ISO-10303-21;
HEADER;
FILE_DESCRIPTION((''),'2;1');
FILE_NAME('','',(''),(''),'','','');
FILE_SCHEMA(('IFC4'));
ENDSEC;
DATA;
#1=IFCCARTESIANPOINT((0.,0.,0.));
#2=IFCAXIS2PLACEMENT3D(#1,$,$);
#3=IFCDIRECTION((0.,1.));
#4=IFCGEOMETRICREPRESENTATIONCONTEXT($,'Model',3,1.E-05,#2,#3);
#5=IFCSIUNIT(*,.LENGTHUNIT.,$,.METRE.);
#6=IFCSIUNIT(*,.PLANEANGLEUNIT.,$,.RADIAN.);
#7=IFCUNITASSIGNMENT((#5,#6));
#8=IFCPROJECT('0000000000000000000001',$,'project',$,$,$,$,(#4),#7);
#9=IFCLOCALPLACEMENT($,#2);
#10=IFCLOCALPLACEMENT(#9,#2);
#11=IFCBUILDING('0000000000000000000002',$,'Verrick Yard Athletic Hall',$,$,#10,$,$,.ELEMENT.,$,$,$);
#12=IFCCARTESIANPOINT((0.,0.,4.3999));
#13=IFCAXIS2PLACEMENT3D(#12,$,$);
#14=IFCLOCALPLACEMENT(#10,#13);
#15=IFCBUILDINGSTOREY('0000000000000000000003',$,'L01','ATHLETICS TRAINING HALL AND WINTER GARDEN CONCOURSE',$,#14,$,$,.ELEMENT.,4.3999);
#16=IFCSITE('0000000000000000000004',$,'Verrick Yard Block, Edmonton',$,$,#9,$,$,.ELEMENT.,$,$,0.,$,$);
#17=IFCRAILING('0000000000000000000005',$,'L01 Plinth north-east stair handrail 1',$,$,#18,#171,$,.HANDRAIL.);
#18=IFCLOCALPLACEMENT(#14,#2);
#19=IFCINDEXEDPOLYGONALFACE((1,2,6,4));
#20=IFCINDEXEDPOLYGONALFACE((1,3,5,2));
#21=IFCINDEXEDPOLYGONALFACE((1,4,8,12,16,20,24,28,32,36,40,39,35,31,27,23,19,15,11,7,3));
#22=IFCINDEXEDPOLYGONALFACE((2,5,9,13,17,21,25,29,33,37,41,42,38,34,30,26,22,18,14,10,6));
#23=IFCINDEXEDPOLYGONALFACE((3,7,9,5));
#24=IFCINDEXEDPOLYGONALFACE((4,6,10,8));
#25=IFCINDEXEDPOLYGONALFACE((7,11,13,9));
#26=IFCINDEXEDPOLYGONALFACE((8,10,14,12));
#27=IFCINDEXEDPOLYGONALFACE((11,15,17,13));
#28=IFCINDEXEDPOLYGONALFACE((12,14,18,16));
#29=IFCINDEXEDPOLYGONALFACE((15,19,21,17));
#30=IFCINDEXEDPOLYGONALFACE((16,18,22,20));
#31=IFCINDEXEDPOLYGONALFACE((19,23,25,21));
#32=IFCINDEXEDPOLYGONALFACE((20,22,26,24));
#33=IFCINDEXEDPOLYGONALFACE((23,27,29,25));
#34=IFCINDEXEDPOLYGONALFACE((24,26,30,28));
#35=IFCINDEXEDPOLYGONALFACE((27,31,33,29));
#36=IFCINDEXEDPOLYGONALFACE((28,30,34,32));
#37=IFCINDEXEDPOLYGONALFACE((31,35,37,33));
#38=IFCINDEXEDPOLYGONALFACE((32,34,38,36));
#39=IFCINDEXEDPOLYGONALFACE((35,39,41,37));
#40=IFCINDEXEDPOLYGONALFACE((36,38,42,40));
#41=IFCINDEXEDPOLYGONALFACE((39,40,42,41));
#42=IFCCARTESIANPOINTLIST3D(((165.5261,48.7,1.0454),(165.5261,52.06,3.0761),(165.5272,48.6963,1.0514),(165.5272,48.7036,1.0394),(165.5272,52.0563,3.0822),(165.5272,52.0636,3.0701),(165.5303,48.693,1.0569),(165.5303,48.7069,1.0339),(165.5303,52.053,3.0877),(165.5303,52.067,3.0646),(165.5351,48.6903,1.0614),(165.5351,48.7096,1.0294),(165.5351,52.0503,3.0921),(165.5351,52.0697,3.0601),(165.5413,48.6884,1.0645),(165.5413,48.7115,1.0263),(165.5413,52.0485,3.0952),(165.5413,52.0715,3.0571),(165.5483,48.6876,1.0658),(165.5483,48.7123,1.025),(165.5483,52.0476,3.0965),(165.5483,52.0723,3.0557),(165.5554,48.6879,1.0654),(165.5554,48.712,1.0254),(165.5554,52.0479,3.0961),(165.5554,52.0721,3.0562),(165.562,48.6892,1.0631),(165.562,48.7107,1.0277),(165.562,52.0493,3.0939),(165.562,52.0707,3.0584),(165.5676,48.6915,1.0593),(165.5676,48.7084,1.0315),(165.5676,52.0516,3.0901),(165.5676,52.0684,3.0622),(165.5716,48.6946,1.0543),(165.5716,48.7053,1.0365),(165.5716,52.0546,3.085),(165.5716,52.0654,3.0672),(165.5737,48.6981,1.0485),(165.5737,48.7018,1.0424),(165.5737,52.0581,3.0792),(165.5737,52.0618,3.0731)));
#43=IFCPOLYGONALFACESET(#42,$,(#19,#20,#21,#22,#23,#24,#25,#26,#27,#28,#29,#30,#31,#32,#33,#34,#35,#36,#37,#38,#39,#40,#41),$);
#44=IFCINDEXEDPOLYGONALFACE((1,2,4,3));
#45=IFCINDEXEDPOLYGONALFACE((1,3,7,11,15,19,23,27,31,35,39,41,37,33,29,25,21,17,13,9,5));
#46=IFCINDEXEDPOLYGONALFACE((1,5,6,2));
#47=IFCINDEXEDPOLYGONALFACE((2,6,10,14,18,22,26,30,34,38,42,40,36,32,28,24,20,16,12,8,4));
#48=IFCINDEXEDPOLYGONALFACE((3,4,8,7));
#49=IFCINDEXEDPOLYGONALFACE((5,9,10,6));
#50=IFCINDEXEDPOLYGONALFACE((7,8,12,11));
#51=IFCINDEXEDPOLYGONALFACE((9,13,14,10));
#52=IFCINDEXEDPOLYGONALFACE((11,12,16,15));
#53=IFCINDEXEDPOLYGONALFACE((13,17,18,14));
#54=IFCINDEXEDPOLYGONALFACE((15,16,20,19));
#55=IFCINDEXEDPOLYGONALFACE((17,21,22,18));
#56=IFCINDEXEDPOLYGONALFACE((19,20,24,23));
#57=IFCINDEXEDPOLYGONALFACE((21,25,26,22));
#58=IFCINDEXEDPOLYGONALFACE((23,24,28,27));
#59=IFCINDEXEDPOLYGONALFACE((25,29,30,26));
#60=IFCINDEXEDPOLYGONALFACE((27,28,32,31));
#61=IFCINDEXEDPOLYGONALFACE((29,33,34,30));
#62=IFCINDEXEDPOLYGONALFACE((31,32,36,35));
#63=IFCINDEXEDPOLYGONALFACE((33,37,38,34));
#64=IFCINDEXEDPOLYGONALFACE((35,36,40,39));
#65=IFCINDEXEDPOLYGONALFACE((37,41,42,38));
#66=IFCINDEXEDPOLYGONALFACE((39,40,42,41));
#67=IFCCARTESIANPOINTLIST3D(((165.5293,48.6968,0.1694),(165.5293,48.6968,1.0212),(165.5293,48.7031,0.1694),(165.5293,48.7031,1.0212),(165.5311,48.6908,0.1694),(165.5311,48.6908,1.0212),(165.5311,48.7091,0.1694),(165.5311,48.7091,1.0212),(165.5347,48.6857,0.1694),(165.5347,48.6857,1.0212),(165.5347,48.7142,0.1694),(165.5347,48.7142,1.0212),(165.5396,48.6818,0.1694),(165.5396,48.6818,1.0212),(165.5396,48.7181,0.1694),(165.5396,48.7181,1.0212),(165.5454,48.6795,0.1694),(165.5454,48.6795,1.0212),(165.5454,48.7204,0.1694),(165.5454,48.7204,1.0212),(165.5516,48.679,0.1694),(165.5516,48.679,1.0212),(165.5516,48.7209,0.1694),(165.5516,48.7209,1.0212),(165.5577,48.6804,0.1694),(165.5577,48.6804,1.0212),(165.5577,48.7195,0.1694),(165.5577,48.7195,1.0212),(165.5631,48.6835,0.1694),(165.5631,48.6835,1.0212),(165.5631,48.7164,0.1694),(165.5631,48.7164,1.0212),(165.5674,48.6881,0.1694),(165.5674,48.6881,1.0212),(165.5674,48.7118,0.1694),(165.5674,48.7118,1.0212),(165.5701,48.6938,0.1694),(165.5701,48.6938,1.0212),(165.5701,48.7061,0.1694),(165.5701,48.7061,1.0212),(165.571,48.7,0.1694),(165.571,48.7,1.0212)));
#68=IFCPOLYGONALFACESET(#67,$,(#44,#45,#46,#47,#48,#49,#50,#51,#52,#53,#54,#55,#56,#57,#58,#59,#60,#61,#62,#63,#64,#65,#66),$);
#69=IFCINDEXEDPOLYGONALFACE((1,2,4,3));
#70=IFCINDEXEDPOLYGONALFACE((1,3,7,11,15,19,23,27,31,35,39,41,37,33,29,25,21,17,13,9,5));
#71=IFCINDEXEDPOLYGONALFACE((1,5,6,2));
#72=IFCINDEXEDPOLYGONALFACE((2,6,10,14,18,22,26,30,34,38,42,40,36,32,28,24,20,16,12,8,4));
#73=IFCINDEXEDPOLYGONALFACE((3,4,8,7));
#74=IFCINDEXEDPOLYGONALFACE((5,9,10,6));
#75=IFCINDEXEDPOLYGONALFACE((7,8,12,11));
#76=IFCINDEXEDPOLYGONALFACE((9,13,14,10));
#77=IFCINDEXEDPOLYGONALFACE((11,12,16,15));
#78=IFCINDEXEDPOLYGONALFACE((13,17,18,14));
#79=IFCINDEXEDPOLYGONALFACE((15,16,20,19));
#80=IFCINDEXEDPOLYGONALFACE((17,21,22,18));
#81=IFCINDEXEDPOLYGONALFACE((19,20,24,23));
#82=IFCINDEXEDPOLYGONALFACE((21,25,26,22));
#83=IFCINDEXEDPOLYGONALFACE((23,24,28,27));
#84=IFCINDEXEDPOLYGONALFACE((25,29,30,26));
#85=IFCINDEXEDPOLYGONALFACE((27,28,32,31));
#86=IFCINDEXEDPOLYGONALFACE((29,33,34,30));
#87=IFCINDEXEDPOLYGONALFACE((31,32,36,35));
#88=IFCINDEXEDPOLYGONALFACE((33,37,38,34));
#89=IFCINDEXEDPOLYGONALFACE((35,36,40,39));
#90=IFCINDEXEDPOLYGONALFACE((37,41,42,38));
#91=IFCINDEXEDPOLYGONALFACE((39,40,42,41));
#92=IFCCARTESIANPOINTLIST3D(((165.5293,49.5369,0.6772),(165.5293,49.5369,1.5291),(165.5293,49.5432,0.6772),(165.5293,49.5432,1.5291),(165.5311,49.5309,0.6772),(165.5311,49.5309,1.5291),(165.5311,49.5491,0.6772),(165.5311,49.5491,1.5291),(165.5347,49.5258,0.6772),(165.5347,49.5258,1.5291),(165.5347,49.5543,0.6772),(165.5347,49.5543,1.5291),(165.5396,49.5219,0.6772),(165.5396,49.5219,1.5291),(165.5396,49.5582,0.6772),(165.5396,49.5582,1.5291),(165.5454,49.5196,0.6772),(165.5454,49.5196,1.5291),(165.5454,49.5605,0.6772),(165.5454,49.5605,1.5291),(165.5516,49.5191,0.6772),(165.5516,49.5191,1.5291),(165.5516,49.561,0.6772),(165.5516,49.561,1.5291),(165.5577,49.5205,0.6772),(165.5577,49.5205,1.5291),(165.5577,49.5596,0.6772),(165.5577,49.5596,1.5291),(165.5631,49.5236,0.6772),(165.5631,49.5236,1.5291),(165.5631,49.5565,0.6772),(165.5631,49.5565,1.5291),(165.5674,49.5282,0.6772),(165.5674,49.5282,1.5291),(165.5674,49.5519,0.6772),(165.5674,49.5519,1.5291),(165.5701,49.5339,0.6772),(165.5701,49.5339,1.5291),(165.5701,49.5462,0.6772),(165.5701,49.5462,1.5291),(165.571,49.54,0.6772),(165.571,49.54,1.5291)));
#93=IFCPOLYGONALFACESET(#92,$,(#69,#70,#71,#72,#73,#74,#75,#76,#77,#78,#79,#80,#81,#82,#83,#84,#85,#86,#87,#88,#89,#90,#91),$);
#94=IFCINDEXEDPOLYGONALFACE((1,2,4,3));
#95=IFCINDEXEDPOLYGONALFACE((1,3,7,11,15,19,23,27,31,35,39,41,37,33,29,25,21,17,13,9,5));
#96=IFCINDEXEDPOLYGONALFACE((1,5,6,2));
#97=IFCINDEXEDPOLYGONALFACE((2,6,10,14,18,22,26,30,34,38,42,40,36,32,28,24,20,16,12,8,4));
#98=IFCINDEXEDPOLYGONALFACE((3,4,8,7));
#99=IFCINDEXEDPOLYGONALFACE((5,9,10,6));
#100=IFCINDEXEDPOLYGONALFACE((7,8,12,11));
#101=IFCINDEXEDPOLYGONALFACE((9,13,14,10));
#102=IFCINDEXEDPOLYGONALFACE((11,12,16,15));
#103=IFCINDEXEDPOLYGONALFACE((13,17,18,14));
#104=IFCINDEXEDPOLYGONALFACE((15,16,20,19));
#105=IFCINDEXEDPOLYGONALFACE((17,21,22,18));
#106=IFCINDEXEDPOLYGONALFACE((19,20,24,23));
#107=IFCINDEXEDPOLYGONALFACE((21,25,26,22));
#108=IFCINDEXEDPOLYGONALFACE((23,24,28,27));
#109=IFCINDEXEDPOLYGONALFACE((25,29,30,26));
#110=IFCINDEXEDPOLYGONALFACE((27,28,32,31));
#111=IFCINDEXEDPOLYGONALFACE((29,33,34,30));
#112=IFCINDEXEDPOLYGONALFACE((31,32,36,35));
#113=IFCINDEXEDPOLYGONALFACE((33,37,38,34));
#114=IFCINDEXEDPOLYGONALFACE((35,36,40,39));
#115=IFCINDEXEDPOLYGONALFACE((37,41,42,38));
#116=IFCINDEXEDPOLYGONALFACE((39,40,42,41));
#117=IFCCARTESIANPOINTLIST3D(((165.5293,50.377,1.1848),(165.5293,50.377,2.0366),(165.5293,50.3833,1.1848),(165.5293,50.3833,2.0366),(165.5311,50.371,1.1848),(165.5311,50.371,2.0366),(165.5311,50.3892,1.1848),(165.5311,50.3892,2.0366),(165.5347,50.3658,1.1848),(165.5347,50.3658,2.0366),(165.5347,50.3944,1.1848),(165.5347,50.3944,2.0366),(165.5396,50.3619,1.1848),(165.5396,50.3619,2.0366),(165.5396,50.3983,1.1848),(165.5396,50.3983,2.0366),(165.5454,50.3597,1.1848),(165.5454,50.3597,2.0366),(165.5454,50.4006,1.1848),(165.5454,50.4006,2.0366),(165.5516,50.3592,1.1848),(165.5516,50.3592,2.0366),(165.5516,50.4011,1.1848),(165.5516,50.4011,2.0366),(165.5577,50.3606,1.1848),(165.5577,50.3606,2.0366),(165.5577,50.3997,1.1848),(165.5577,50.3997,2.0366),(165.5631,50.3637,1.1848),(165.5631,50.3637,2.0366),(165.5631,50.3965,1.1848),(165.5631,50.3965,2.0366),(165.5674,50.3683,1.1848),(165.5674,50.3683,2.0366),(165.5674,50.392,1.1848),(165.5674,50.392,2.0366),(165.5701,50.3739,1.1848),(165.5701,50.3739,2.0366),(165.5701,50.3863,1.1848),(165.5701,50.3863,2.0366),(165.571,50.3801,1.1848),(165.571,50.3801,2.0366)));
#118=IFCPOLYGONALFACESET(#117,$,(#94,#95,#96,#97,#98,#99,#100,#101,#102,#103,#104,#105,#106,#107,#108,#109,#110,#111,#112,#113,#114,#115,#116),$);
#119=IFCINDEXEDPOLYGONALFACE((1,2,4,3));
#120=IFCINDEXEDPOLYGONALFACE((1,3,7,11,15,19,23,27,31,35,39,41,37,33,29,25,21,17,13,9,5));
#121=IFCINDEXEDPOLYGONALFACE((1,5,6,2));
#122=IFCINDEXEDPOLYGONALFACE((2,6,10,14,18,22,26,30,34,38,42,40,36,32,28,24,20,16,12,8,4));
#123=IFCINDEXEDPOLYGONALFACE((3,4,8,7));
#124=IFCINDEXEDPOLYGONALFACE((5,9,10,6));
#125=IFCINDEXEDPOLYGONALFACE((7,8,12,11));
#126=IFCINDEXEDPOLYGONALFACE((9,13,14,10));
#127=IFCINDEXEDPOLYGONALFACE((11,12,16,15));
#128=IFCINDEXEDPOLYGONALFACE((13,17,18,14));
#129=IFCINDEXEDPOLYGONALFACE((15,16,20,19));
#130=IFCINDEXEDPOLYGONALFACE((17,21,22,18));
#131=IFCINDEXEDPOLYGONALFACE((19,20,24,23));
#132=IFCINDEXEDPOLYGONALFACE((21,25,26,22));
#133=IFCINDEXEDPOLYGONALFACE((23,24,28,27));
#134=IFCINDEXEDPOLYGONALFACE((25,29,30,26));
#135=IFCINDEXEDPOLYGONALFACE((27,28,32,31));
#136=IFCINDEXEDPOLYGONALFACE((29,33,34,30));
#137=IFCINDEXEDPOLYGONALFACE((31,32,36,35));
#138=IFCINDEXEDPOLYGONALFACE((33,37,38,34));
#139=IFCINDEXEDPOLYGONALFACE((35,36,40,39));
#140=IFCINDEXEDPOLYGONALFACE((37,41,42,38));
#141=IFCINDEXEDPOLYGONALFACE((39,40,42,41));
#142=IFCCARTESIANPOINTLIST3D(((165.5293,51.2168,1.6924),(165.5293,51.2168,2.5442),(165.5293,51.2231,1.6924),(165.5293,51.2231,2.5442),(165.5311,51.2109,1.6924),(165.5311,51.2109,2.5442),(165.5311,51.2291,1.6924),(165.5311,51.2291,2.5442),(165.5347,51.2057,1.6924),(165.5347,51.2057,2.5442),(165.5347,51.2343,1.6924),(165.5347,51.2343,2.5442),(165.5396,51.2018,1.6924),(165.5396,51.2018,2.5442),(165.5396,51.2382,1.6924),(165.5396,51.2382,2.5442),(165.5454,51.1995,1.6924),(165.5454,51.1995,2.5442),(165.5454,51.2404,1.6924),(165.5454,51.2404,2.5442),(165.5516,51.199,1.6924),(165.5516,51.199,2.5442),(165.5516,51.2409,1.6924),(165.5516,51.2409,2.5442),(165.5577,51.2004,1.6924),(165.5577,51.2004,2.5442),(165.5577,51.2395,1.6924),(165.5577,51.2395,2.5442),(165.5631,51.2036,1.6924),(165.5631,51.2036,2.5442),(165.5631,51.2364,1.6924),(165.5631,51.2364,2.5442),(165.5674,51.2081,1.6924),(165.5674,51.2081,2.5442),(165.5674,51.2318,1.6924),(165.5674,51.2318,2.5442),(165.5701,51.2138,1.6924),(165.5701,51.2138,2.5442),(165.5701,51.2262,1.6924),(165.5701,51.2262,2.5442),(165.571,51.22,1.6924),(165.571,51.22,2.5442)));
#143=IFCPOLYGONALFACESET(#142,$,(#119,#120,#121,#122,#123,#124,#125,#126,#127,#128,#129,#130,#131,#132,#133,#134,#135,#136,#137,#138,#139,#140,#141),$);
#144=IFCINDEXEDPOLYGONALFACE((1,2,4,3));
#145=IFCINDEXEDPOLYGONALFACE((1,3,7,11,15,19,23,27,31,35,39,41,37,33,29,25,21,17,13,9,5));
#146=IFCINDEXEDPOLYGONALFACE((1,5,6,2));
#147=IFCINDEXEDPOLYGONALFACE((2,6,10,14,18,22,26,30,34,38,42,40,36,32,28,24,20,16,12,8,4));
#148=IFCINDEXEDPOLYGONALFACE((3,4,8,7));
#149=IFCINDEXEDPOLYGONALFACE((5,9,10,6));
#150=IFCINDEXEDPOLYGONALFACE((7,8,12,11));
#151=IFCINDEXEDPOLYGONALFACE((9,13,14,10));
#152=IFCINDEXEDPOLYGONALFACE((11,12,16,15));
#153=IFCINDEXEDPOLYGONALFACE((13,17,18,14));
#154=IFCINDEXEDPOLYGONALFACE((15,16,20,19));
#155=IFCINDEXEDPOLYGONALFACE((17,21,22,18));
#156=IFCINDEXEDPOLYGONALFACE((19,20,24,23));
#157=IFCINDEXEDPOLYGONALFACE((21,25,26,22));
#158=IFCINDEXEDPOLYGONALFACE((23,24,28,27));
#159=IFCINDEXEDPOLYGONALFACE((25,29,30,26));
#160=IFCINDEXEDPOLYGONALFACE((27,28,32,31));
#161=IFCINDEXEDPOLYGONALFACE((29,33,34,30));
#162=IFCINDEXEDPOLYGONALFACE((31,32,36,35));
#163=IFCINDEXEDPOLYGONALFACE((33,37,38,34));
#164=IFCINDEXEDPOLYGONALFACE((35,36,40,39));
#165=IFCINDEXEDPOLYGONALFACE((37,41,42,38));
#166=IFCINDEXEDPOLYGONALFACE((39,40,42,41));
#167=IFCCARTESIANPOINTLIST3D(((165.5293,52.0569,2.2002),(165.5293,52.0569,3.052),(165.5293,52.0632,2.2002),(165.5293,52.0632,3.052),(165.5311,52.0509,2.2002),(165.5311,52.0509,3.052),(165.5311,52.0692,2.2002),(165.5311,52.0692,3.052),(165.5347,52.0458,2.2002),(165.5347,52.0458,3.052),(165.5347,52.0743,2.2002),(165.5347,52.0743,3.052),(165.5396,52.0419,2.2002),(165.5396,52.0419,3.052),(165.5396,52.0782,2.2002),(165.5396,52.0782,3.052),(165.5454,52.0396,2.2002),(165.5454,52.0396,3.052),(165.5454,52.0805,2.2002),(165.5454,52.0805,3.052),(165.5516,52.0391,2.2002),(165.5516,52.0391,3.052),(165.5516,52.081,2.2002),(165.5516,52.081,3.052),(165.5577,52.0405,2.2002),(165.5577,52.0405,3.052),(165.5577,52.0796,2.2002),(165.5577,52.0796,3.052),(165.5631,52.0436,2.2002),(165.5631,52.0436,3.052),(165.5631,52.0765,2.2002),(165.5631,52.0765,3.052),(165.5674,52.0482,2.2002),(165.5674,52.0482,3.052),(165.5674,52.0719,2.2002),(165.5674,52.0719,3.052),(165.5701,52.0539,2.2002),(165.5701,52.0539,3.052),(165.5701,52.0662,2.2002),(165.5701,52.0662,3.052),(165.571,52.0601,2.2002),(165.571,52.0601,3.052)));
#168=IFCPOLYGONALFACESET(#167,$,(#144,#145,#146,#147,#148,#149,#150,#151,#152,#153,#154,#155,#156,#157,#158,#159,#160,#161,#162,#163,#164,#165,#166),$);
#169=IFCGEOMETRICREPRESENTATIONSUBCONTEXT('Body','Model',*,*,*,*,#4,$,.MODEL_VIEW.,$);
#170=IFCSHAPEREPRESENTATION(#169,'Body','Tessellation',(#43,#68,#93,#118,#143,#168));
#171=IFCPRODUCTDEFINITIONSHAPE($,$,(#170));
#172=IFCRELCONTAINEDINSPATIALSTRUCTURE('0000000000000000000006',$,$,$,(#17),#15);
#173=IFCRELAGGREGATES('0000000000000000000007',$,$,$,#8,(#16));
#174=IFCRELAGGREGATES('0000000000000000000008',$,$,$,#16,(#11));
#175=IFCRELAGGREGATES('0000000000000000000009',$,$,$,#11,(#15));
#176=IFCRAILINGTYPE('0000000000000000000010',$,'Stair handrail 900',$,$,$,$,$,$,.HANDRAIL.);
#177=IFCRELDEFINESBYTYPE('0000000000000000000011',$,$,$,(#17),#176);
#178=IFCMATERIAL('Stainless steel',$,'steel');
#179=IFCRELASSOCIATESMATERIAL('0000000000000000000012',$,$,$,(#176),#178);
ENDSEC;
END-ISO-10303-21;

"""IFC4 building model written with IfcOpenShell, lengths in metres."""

from ifc_helpers import new_model, si_unit, direction, frame, origin, origin_2d, place, context, subcontext, project, spatial, circle, extrude, material, type_object, element, save


model = new_model("IFC4")

# Units and contexts
model_context = context("Model", 3, precision=1e-05, world=origin(), true_north=direction((0.0, 1.0)))
body_context = subcontext(model_context, "Body", "Model", "MODEL_VIEW")
ifc_project = project(units=[si_unit("LENGTHUNIT", "METRE"), si_unit("PLANEANGLEUNIT", "RADIAN")], contexts=[model_context])

# Site, building, storey
site_placement = place(None, origin())
site = spatial("IfcSite", under=ifc_project, at=site_placement, Name="Verrick Yard Block, Edmonton", CompositionType="ELEMENT", RefElevation=0.0)
building_placement = place(site_placement, origin())
building = spatial("IfcBuilding", under=site, at=building_placement, Name="Verrick Yard Athletic Hall", CompositionType="ELEMENT")
storey_placement = place(building_placement, frame((0.0, 0.0, 4.3999)))
storey = spatial("IfcBuildingStorey", under=building, at=storey_placement, Name="L01", Description="ATHLETICS TRAINING HALL AND WINTER GARDEN CONCOURSE", CompositionType="ELEMENT", Elevation=4.3999)

# Railing
ifc_material_1 = material(Name="Stainless steel", Category="steel")
railing_type_1 = type_object("IfcRailingType", Name="Stair handrail 900", PredefinedType="HANDRAIL", material=ifc_material_1)
railing_1_placement = place(storey_placement, frame((165.55, 48.7, 0.1694)))
element("IfcRailing", 1, at=railing_1_placement, inside=storey, type_object=railing_type_1, Name="L01 Plinth north-east stair handrail 1", PredefinedType="HANDRAIL", context=body_context, shape_type="SweptSolid", body=[
    extrude(circle(Radius=0.0239, at=origin_2d()), frame((0.0, 0.0, 0.876), z_axis=(0.0, 0.855837, 0.517246), x_axis=(-1.0, 0.0, 0.0)), (0.0, 0.0, 1.0), 3.926),
    extrude(circle(Radius=0.021, at=origin_2d()), origin(), (0.0, 0.0, 1.0), 0.8518),
    extrude(circle(Radius=0.021, at=origin_2d()), frame((0.0, 0.8401, 0.5078)), (0.0, 0.0, 1.0), 0.8518),
    extrude(circle(Radius=0.021, at=origin_2d()), frame((0.0, 1.6802, 1.0154)), (0.0, 0.0, 1.0), 0.8518),
    extrude(circle(Radius=0.021, at=origin_2d()), frame((0.0, 2.52, 1.5229)), (0.0, 0.0, 1.0), 0.8518),
    extrude(circle(Radius=0.021, at=origin_2d()), frame((0.0, 3.3601, 2.0308)), (0.0, 0.0, 1.0), 0.8518),
])

save(model, "model.ifc")
